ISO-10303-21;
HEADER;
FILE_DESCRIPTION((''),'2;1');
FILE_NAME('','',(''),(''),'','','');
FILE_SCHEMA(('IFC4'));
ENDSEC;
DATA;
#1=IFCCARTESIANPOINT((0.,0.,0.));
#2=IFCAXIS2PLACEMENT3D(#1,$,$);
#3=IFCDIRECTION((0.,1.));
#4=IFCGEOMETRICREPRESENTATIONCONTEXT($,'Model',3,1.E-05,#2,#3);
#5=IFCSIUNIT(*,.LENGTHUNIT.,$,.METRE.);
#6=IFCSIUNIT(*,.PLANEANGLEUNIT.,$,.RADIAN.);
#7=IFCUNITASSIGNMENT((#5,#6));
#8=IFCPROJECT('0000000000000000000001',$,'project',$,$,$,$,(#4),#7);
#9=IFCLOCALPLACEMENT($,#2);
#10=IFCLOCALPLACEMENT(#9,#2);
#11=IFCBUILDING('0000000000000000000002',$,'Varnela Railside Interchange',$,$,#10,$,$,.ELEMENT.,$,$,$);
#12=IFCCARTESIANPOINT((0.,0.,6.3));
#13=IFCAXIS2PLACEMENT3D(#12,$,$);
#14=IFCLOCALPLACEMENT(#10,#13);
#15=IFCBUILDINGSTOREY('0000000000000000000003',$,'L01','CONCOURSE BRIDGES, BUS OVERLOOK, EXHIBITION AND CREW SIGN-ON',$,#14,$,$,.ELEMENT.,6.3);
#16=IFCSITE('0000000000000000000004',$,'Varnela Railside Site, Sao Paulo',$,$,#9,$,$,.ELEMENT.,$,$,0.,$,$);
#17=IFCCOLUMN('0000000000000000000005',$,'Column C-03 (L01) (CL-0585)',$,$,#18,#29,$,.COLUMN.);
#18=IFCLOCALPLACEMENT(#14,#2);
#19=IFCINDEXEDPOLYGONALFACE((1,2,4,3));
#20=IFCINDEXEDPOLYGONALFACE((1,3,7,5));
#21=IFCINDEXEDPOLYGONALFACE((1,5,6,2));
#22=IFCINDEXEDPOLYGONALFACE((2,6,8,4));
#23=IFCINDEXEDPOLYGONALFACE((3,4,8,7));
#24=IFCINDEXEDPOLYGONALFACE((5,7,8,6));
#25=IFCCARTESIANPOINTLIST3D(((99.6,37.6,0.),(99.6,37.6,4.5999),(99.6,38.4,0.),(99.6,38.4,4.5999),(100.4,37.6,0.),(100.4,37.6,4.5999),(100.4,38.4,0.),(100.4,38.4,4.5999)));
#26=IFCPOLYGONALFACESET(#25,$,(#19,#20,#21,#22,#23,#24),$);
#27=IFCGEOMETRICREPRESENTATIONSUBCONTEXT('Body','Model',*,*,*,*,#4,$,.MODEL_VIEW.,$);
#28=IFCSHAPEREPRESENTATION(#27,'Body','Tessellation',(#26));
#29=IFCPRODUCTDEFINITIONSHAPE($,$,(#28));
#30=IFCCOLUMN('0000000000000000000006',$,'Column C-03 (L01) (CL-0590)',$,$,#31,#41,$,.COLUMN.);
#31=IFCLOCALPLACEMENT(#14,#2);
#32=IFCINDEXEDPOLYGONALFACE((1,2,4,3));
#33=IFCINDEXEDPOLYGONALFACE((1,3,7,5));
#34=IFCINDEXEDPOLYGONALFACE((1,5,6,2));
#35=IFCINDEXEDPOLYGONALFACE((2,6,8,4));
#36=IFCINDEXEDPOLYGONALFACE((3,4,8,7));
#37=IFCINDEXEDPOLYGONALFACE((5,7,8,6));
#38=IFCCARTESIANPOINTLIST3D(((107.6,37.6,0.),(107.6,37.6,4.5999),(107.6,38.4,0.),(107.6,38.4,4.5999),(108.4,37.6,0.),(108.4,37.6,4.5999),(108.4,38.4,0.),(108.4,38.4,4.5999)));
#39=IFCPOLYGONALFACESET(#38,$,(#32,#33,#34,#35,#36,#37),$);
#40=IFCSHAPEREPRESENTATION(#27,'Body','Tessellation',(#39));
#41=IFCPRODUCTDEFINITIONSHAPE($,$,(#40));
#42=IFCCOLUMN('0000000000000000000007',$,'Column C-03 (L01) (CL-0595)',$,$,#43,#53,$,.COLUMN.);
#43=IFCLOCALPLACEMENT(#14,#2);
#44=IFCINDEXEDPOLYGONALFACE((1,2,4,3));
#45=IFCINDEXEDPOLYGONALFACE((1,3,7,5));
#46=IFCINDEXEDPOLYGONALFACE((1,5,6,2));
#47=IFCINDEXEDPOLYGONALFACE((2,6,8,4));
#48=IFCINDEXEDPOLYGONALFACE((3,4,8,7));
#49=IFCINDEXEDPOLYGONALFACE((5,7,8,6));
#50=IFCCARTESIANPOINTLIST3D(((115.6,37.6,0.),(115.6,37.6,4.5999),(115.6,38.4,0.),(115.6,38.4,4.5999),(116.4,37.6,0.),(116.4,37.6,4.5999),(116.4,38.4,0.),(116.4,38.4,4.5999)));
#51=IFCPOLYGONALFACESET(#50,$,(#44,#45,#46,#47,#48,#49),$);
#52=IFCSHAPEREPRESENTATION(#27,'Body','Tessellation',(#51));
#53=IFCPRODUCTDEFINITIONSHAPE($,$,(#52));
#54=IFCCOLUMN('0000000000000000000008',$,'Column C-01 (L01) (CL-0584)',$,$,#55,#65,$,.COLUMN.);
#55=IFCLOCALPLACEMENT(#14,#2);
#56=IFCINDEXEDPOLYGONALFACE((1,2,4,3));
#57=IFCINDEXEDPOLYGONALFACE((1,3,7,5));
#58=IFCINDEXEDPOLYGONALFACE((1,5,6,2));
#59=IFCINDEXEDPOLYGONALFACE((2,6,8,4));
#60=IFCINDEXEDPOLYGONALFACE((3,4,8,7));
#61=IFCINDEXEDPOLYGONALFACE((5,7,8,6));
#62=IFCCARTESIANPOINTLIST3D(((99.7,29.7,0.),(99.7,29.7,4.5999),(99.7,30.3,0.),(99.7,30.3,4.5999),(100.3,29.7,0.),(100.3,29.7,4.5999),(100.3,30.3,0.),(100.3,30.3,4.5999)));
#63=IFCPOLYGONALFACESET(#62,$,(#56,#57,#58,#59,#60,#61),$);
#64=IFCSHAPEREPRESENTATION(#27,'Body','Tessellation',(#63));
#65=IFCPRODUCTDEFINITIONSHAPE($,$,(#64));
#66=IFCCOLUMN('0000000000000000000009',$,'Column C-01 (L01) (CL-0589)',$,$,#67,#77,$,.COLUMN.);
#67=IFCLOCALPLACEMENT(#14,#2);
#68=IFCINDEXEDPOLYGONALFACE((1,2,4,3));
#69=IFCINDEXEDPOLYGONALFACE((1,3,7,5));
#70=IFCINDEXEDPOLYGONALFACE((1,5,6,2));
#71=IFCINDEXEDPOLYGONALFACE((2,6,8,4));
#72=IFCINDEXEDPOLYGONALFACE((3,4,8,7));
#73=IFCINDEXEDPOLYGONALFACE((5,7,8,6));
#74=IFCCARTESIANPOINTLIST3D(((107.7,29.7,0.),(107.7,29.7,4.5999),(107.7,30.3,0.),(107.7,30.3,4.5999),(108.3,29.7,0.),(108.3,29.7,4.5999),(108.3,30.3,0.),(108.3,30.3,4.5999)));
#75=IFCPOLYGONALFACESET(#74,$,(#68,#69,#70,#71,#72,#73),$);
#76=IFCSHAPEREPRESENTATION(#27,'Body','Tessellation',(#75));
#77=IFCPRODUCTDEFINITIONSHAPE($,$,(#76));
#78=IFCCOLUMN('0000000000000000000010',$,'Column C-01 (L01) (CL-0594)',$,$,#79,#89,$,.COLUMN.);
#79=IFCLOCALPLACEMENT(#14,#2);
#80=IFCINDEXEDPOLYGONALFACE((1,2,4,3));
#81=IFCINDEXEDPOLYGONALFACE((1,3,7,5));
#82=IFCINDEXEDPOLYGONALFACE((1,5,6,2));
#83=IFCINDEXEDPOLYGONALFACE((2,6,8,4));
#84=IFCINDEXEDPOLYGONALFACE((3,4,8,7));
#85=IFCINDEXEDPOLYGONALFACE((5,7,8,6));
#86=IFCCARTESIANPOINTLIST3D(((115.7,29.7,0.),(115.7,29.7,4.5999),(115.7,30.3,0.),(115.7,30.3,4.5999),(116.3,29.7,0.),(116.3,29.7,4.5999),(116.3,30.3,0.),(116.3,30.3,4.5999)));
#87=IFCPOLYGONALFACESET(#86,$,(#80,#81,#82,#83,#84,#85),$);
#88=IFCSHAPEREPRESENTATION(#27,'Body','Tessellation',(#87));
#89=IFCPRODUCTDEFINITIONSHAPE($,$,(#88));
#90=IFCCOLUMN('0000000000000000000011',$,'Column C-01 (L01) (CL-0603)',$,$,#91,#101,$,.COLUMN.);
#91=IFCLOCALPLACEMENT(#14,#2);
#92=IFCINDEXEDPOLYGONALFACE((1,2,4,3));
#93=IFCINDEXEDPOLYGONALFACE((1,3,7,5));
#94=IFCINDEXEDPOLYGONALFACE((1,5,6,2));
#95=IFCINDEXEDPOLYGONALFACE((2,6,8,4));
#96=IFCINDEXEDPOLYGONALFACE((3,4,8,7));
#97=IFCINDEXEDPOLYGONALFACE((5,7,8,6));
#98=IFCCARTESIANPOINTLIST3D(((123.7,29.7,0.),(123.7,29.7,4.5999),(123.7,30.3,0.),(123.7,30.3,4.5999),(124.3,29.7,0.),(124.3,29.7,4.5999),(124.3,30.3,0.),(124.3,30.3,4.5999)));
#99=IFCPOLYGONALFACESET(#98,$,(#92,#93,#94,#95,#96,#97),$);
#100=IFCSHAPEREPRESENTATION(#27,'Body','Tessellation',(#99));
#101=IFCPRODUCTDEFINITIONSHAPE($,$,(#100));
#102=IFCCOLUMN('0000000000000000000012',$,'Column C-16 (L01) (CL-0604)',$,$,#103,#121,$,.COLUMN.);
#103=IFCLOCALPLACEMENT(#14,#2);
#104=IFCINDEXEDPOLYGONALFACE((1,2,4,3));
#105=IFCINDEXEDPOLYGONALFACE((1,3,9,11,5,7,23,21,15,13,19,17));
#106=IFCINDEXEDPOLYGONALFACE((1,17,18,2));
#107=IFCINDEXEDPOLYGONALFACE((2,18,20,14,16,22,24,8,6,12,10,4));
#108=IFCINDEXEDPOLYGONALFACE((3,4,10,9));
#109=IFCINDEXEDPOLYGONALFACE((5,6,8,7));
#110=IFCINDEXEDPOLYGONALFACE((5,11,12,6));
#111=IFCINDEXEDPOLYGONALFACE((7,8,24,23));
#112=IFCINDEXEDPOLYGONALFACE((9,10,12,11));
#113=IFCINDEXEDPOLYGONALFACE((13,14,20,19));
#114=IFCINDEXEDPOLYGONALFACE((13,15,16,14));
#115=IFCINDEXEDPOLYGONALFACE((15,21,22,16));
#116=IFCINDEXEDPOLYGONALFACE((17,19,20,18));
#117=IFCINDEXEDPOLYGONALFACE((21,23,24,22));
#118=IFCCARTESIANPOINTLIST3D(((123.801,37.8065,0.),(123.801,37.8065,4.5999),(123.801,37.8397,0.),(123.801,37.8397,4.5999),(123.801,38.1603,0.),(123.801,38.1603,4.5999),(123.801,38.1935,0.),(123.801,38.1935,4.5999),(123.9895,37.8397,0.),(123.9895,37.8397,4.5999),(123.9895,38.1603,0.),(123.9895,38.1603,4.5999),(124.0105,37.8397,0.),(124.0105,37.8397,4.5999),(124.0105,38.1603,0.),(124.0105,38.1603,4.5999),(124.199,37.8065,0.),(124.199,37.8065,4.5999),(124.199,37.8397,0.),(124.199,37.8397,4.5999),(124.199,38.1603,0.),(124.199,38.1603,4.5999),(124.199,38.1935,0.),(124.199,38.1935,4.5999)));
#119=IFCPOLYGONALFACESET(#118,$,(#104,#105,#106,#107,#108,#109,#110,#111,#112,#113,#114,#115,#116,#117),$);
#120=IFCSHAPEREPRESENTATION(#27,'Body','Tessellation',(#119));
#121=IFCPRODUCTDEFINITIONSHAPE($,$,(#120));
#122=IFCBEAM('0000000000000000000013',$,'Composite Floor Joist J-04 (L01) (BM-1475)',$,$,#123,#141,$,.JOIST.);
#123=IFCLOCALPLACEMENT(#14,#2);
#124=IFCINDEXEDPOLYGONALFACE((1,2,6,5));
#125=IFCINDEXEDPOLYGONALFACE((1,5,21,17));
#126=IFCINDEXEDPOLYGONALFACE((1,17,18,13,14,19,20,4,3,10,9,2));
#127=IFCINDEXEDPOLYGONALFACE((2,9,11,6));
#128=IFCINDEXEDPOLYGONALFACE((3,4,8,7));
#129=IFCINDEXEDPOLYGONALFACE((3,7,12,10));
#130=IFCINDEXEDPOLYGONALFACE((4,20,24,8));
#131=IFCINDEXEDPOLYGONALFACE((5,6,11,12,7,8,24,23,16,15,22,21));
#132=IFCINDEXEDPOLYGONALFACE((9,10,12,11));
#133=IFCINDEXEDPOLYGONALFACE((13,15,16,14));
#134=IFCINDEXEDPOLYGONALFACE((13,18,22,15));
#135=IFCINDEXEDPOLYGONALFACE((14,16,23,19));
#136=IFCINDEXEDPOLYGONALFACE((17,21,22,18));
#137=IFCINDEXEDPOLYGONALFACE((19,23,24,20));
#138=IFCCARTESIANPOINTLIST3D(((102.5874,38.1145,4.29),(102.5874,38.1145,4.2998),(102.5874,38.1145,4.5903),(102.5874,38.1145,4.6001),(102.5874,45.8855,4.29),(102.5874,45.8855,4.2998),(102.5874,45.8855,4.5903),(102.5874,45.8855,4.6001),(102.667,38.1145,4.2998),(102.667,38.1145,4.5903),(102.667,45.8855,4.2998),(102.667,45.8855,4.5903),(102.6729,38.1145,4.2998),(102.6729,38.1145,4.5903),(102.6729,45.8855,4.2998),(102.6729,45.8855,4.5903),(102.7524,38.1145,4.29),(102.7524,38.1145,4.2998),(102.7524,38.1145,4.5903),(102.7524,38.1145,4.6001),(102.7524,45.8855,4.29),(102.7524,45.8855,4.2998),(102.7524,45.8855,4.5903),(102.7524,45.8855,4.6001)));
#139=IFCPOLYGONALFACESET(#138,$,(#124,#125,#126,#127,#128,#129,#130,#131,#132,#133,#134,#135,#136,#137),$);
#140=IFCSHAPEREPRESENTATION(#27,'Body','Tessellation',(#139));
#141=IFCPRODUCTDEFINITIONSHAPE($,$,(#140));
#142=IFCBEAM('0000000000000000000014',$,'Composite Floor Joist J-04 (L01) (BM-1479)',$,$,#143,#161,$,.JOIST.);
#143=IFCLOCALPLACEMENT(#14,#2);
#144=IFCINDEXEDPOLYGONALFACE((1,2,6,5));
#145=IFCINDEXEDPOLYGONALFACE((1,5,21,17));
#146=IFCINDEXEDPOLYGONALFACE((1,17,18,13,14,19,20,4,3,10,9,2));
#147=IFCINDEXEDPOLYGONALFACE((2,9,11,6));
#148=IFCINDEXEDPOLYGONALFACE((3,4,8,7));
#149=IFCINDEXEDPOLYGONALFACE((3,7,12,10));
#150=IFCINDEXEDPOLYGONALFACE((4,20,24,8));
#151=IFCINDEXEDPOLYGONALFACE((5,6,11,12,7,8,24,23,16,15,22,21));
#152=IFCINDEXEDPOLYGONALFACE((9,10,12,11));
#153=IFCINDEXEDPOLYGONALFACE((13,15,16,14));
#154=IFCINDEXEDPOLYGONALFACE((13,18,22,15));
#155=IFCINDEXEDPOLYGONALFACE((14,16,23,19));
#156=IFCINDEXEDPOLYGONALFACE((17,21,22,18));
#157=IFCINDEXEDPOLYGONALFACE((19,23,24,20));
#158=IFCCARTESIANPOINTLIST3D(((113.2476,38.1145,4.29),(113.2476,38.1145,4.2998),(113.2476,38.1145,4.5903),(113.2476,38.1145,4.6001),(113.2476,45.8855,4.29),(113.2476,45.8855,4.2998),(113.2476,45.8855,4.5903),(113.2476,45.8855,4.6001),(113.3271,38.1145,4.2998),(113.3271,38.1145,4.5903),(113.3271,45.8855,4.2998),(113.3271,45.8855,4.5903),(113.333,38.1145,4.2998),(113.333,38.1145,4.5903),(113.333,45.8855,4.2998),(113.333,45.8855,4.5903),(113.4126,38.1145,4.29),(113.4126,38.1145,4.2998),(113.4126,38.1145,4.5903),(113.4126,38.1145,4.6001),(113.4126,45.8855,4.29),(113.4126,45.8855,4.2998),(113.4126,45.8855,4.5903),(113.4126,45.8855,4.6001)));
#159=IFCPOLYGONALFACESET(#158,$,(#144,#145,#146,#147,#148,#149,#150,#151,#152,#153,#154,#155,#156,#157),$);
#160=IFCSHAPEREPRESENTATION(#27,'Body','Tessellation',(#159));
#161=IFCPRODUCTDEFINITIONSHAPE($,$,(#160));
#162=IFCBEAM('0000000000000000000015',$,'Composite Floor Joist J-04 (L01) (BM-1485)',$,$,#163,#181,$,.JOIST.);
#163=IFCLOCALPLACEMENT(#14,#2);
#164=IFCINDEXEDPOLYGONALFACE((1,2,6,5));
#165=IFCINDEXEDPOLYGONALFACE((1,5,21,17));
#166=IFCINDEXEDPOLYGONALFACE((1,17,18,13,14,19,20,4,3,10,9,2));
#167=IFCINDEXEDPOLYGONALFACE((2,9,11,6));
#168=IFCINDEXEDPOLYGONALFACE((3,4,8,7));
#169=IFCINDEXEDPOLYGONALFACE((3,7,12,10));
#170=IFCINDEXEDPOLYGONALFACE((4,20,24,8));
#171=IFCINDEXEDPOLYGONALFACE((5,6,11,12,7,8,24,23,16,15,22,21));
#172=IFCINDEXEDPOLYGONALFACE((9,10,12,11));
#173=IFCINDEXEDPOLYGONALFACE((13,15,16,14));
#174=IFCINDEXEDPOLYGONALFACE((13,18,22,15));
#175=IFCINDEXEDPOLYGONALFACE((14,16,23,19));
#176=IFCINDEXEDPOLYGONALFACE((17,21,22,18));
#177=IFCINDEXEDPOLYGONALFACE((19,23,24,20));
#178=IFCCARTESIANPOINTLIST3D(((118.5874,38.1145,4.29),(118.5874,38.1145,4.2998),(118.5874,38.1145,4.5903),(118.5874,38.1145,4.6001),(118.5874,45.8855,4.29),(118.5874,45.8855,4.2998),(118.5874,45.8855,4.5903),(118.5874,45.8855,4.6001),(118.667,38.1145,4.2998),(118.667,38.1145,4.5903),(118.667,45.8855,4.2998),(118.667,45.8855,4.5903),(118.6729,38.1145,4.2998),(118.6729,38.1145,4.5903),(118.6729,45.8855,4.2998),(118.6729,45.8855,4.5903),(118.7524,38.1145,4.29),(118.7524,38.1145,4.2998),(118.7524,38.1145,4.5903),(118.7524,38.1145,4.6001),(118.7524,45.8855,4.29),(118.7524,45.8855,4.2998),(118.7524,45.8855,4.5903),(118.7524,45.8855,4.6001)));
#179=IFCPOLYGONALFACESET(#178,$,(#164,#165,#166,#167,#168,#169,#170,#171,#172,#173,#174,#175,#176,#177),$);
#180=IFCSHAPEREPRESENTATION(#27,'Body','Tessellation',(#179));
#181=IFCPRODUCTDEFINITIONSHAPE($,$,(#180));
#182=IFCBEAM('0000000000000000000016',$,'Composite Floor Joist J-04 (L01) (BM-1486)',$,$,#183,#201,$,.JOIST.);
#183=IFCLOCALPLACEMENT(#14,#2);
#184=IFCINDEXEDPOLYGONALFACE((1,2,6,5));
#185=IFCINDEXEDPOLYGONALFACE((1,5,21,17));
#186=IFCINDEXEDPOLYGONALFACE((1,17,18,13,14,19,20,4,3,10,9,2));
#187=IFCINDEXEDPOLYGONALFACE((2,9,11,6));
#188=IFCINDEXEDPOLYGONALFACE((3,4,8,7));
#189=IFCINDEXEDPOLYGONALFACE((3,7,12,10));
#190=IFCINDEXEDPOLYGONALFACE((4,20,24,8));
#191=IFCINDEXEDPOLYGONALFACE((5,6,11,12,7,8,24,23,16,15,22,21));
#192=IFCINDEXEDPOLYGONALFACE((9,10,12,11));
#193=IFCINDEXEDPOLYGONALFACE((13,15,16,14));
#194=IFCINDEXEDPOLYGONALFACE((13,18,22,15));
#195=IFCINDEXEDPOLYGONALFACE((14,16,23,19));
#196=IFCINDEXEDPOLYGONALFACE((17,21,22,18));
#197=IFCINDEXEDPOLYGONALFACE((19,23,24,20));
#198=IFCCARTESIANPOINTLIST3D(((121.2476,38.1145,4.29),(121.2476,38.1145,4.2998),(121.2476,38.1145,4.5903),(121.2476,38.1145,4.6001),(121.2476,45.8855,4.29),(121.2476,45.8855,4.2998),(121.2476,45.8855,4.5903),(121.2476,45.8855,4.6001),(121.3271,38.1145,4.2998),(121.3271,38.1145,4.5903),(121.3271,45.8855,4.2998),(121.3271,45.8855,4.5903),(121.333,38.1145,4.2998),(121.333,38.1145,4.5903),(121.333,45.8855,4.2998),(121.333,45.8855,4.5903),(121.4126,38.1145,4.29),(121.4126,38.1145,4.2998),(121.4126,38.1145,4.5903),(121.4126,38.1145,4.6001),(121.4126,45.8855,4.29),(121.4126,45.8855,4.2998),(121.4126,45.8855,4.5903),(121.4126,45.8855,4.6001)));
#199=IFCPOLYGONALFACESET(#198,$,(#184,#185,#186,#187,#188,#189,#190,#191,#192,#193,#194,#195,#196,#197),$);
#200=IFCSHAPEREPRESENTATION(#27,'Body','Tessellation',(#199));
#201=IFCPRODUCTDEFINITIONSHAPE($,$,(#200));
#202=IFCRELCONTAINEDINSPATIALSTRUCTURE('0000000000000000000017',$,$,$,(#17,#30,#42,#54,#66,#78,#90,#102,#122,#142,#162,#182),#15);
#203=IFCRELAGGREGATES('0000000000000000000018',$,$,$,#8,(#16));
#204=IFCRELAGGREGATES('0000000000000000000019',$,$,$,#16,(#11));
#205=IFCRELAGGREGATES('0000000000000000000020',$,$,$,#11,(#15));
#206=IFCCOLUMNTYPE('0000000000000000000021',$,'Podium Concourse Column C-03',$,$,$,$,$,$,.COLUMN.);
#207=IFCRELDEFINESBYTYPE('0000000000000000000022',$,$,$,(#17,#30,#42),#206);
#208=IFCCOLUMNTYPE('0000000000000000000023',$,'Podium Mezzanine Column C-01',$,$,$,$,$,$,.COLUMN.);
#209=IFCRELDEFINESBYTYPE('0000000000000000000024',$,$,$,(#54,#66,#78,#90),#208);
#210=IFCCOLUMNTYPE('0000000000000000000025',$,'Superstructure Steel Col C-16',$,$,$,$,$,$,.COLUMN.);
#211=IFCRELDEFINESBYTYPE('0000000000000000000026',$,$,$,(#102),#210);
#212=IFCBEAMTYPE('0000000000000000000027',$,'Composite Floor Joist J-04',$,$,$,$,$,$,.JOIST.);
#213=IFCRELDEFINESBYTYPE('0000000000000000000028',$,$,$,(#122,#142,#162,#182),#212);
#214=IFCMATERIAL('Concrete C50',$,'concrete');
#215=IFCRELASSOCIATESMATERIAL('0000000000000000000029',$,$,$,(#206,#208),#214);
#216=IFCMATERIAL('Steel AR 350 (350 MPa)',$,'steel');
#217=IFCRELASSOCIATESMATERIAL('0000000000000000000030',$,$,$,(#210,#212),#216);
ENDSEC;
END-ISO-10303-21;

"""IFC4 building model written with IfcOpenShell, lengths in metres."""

from ifc_helpers import new_model, si_unit, direction, frame, origin, origin_2d, place, context, subcontext, project, spatial, rectangle, i_section, extrude, material, material_profile, profile_set, type_object, element, save


model = new_model("IFC4")

# Units and contexts
model_context = context("Model", 3, precision=1e-05, world=origin(), true_north=direction((0.0, 1.0)))
body_context = subcontext(model_context, "Body", "Model", "MODEL_VIEW")
ifc_project = project(units=[si_unit("LENGTHUNIT", "METRE"), si_unit("PLANEANGLEUNIT", "RADIAN")], contexts=[model_context])

# Site, building, storey
site_placement = place(None, origin())
site = spatial("IfcSite", under=ifc_project, at=site_placement, Name="Varnela Railside Site, Sao Paulo", CompositionType="ELEMENT", RefElevation=0.0)
building_placement = place(site_placement, origin())
building = spatial("IfcBuilding", under=site, at=building_placement, Name="Varnela Railside Interchange", CompositionType="ELEMENT")
storey_placement = place(building_placement, frame((0.0, 0.0, 6.3)))
storey = spatial("IfcBuildingStorey", under=building, at=storey_placement, Name="L01", Description="CONCOURSE BRIDGES, BUS OVERLOOK, EXHIBITION AND CREW SIGN-ON", CompositionType="ELEMENT", Elevation=6.3)

# Columns
ifc_material_1 = material(Name="Concrete C50", Category="concrete")
ifc_material_profile_1 = material_profile(ifc_material_1, rectangle(XDim=0.8, YDim=0.8, at=origin_2d()), Name="RC 800x800")
ifc_profile_set_1 = profile_set([ifc_material_profile_1], Name="Concrete C50")
column_type_1 = type_object("IfcColumnType", Name="Podium Concourse Column C-03", PredefinedType="COLUMN", material=ifc_profile_set_1)
for number, where, z_axis, x_axis, name in (
    (1, (100.0, 38.0, 0.0), (0.0, 0.0, 1.0), (1.0, 0.0, 0.0), "Column C-03 (L01) (CL-0585)"),
    (2, (108.0, 38.0, 0.0), (0.0, 0.0, 1.0), (1.0, 0.0, 0.0), "Column C-03 (L01) (CL-0590)"),
    (3, (116.0, 38.0, 0.0), (0.0, 0.0, 1.0), (1.0, 0.0, 0.0), "Column C-03 (L01) (CL-0595)"),
):
    element("IfcColumn", number, at=place(storey_placement, frame(where, z_axis=z_axis, x_axis=x_axis)), inside=storey, type_object=column_type_1, Name=name, PredefinedType="COLUMN", context=body_context, shape_type="SweptSolid", body=[
        extrude(rectangle(XDim=0.8, YDim=0.8, at=origin_2d()), origin(), (0.0, 0.0, 1.0), 4.5999),
    ])
ifc_material_profile_2 = material_profile(ifc_material_1, rectangle(XDim=0.6001, YDim=0.6001, at=origin_2d()), Name="RC 600x600")
ifc_profile_set_2 = profile_set([ifc_material_profile_2], Name="Concrete C50")
column_type_2 = type_object("IfcColumnType", Name="Podium Mezzanine Column C-01", PredefinedType="COLUMN", material=ifc_profile_set_2)
for number, where, z_axis, x_axis, name in (
    (4, (100.0, 30.0, 0.0), (0.0, 0.0, 1.0), (1.0, 0.0, 0.0), "Column C-01 (L01) (CL-0584)"),
    (5, (108.0, 30.0, 0.0), (0.0, 0.0, 1.0), (1.0, 0.0, 0.0), "Column C-01 (L01) (CL-0589)"),
    (6, (116.0, 30.0, 0.0), (0.0, 0.0, 1.0), (1.0, 0.0, 0.0), "Column C-01 (L01) (CL-0594)"),
    (7, (124.0, 30.0, 0.0), (0.0, 0.0, 1.0), (1.0, 0.0, 0.0), "Column C-01 (L01) (CL-0603)"),
):
    element("IfcColumn", number, at=place(storey_placement, frame(where, z_axis=z_axis, x_axis=x_axis)), inside=storey, type_object=column_type_2, Name=name, PredefinedType="COLUMN", context=body_context, shape_type="SweptSolid", body=[
        extrude(rectangle(XDim=0.6001, YDim=0.6001, at=origin_2d()), origin(), (0.0, 0.0, 1.0), 4.5999),
    ])
ifc_material_2 = material(Name="Steel AR 350 (350 MPa)", Category="steel")
ifc_material_profile_3 = material_profile(ifc_material_2, i_section(OverallWidth=0.3979, OverallDepth=0.387, WebThickness=0.021, FlangeThickness=0.0332, at=origin_2d()), Name="W360x262")
ifc_profile_set_3 = profile_set([ifc_material_profile_3], Name="Steel AR 350 (350 MPa)")
column_type_3 = type_object("IfcColumnType", Name="Superstructure Steel Col C-16", PredefinedType="COLUMN", material=ifc_profile_set_3)
column_placement = place(storey_placement, frame((124.0, 38.0, 0.0), z_axis=(0.0, 0.0, 1.0), x_axis=(1.0, 0.0, 0.0)))
element("IfcColumn", 8, at=column_placement, inside=storey, type_object=column_type_3, Name="Column C-16 (L01) (CL-0604)", PredefinedType="COLUMN", context=body_context, shape_type="SweptSolid", body=[
    extrude(i_section(OverallWidth=0.3979, OverallDepth=0.387, WebThickness=0.021, FlangeThickness=0.0332, at=origin_2d()), origin(), (0.0, 0.0, 1.0), 4.5999),
])

# Beams
ifc_material_profile_4 = material_profile(ifc_material_2, i_section(OverallWidth=0.165, OverallDepth=0.3101, WebThickness=0.0059, FlangeThickness=0.0098, at=origin_2d()), Name="W310x38.7")
ifc_profile_set_4 = profile_set([ifc_material_profile_4], Name="Steel AR 350 (350 MPa)")
beam_type_1 = type_object("IfcBeamType", Name="Composite Floor Joist J-04", PredefinedType="JOIST", material=ifc_profile_set_4)
for number, where, z_axis, x_axis, name in (
    (9, (102.6699, 38.1145, 4.4451), (0.0, 1.0, 0.0), (-1.0, 0.0, 0.0), "Composite Floor Joist J-04 (L01) (BM-1475)"),
    (10, (113.3301, 38.1145, 4.4451), (0.0, 1.0, 0.0), (-1.0, 0.0, 0.0), "Composite Floor Joist J-04 (L01) (BM-1479)"),
    (11, (118.6699, 38.1145, 4.4451), (0.0, 1.0, 0.0), (-1.0, 0.0, 0.0), "Composite Floor Joist J-04 (L01) (BM-1485)"),
    (12, (121.3301, 38.1145, 4.4451), (0.0, 1.0, 0.0), (-1.0, 0.0, 0.0), "Composite Floor Joist J-04 (L01) (BM-1486)"),
):
    element("IfcBeam", number, at=place(storey_placement, frame(where, z_axis=z_axis, x_axis=x_axis)), inside=storey, type_object=beam_type_1, Name=name, PredefinedType="JOIST", context=body_context, shape_type="SweptSolid", body=[
        extrude(i_section(OverallWidth=0.165, OverallDepth=0.3101, WebThickness=0.0059, FlangeThickness=0.0098, at=origin_2d()), origin(), (0.0, 0.0, 1.0), 7.771),
    ])

save(model, "model.ifc")
